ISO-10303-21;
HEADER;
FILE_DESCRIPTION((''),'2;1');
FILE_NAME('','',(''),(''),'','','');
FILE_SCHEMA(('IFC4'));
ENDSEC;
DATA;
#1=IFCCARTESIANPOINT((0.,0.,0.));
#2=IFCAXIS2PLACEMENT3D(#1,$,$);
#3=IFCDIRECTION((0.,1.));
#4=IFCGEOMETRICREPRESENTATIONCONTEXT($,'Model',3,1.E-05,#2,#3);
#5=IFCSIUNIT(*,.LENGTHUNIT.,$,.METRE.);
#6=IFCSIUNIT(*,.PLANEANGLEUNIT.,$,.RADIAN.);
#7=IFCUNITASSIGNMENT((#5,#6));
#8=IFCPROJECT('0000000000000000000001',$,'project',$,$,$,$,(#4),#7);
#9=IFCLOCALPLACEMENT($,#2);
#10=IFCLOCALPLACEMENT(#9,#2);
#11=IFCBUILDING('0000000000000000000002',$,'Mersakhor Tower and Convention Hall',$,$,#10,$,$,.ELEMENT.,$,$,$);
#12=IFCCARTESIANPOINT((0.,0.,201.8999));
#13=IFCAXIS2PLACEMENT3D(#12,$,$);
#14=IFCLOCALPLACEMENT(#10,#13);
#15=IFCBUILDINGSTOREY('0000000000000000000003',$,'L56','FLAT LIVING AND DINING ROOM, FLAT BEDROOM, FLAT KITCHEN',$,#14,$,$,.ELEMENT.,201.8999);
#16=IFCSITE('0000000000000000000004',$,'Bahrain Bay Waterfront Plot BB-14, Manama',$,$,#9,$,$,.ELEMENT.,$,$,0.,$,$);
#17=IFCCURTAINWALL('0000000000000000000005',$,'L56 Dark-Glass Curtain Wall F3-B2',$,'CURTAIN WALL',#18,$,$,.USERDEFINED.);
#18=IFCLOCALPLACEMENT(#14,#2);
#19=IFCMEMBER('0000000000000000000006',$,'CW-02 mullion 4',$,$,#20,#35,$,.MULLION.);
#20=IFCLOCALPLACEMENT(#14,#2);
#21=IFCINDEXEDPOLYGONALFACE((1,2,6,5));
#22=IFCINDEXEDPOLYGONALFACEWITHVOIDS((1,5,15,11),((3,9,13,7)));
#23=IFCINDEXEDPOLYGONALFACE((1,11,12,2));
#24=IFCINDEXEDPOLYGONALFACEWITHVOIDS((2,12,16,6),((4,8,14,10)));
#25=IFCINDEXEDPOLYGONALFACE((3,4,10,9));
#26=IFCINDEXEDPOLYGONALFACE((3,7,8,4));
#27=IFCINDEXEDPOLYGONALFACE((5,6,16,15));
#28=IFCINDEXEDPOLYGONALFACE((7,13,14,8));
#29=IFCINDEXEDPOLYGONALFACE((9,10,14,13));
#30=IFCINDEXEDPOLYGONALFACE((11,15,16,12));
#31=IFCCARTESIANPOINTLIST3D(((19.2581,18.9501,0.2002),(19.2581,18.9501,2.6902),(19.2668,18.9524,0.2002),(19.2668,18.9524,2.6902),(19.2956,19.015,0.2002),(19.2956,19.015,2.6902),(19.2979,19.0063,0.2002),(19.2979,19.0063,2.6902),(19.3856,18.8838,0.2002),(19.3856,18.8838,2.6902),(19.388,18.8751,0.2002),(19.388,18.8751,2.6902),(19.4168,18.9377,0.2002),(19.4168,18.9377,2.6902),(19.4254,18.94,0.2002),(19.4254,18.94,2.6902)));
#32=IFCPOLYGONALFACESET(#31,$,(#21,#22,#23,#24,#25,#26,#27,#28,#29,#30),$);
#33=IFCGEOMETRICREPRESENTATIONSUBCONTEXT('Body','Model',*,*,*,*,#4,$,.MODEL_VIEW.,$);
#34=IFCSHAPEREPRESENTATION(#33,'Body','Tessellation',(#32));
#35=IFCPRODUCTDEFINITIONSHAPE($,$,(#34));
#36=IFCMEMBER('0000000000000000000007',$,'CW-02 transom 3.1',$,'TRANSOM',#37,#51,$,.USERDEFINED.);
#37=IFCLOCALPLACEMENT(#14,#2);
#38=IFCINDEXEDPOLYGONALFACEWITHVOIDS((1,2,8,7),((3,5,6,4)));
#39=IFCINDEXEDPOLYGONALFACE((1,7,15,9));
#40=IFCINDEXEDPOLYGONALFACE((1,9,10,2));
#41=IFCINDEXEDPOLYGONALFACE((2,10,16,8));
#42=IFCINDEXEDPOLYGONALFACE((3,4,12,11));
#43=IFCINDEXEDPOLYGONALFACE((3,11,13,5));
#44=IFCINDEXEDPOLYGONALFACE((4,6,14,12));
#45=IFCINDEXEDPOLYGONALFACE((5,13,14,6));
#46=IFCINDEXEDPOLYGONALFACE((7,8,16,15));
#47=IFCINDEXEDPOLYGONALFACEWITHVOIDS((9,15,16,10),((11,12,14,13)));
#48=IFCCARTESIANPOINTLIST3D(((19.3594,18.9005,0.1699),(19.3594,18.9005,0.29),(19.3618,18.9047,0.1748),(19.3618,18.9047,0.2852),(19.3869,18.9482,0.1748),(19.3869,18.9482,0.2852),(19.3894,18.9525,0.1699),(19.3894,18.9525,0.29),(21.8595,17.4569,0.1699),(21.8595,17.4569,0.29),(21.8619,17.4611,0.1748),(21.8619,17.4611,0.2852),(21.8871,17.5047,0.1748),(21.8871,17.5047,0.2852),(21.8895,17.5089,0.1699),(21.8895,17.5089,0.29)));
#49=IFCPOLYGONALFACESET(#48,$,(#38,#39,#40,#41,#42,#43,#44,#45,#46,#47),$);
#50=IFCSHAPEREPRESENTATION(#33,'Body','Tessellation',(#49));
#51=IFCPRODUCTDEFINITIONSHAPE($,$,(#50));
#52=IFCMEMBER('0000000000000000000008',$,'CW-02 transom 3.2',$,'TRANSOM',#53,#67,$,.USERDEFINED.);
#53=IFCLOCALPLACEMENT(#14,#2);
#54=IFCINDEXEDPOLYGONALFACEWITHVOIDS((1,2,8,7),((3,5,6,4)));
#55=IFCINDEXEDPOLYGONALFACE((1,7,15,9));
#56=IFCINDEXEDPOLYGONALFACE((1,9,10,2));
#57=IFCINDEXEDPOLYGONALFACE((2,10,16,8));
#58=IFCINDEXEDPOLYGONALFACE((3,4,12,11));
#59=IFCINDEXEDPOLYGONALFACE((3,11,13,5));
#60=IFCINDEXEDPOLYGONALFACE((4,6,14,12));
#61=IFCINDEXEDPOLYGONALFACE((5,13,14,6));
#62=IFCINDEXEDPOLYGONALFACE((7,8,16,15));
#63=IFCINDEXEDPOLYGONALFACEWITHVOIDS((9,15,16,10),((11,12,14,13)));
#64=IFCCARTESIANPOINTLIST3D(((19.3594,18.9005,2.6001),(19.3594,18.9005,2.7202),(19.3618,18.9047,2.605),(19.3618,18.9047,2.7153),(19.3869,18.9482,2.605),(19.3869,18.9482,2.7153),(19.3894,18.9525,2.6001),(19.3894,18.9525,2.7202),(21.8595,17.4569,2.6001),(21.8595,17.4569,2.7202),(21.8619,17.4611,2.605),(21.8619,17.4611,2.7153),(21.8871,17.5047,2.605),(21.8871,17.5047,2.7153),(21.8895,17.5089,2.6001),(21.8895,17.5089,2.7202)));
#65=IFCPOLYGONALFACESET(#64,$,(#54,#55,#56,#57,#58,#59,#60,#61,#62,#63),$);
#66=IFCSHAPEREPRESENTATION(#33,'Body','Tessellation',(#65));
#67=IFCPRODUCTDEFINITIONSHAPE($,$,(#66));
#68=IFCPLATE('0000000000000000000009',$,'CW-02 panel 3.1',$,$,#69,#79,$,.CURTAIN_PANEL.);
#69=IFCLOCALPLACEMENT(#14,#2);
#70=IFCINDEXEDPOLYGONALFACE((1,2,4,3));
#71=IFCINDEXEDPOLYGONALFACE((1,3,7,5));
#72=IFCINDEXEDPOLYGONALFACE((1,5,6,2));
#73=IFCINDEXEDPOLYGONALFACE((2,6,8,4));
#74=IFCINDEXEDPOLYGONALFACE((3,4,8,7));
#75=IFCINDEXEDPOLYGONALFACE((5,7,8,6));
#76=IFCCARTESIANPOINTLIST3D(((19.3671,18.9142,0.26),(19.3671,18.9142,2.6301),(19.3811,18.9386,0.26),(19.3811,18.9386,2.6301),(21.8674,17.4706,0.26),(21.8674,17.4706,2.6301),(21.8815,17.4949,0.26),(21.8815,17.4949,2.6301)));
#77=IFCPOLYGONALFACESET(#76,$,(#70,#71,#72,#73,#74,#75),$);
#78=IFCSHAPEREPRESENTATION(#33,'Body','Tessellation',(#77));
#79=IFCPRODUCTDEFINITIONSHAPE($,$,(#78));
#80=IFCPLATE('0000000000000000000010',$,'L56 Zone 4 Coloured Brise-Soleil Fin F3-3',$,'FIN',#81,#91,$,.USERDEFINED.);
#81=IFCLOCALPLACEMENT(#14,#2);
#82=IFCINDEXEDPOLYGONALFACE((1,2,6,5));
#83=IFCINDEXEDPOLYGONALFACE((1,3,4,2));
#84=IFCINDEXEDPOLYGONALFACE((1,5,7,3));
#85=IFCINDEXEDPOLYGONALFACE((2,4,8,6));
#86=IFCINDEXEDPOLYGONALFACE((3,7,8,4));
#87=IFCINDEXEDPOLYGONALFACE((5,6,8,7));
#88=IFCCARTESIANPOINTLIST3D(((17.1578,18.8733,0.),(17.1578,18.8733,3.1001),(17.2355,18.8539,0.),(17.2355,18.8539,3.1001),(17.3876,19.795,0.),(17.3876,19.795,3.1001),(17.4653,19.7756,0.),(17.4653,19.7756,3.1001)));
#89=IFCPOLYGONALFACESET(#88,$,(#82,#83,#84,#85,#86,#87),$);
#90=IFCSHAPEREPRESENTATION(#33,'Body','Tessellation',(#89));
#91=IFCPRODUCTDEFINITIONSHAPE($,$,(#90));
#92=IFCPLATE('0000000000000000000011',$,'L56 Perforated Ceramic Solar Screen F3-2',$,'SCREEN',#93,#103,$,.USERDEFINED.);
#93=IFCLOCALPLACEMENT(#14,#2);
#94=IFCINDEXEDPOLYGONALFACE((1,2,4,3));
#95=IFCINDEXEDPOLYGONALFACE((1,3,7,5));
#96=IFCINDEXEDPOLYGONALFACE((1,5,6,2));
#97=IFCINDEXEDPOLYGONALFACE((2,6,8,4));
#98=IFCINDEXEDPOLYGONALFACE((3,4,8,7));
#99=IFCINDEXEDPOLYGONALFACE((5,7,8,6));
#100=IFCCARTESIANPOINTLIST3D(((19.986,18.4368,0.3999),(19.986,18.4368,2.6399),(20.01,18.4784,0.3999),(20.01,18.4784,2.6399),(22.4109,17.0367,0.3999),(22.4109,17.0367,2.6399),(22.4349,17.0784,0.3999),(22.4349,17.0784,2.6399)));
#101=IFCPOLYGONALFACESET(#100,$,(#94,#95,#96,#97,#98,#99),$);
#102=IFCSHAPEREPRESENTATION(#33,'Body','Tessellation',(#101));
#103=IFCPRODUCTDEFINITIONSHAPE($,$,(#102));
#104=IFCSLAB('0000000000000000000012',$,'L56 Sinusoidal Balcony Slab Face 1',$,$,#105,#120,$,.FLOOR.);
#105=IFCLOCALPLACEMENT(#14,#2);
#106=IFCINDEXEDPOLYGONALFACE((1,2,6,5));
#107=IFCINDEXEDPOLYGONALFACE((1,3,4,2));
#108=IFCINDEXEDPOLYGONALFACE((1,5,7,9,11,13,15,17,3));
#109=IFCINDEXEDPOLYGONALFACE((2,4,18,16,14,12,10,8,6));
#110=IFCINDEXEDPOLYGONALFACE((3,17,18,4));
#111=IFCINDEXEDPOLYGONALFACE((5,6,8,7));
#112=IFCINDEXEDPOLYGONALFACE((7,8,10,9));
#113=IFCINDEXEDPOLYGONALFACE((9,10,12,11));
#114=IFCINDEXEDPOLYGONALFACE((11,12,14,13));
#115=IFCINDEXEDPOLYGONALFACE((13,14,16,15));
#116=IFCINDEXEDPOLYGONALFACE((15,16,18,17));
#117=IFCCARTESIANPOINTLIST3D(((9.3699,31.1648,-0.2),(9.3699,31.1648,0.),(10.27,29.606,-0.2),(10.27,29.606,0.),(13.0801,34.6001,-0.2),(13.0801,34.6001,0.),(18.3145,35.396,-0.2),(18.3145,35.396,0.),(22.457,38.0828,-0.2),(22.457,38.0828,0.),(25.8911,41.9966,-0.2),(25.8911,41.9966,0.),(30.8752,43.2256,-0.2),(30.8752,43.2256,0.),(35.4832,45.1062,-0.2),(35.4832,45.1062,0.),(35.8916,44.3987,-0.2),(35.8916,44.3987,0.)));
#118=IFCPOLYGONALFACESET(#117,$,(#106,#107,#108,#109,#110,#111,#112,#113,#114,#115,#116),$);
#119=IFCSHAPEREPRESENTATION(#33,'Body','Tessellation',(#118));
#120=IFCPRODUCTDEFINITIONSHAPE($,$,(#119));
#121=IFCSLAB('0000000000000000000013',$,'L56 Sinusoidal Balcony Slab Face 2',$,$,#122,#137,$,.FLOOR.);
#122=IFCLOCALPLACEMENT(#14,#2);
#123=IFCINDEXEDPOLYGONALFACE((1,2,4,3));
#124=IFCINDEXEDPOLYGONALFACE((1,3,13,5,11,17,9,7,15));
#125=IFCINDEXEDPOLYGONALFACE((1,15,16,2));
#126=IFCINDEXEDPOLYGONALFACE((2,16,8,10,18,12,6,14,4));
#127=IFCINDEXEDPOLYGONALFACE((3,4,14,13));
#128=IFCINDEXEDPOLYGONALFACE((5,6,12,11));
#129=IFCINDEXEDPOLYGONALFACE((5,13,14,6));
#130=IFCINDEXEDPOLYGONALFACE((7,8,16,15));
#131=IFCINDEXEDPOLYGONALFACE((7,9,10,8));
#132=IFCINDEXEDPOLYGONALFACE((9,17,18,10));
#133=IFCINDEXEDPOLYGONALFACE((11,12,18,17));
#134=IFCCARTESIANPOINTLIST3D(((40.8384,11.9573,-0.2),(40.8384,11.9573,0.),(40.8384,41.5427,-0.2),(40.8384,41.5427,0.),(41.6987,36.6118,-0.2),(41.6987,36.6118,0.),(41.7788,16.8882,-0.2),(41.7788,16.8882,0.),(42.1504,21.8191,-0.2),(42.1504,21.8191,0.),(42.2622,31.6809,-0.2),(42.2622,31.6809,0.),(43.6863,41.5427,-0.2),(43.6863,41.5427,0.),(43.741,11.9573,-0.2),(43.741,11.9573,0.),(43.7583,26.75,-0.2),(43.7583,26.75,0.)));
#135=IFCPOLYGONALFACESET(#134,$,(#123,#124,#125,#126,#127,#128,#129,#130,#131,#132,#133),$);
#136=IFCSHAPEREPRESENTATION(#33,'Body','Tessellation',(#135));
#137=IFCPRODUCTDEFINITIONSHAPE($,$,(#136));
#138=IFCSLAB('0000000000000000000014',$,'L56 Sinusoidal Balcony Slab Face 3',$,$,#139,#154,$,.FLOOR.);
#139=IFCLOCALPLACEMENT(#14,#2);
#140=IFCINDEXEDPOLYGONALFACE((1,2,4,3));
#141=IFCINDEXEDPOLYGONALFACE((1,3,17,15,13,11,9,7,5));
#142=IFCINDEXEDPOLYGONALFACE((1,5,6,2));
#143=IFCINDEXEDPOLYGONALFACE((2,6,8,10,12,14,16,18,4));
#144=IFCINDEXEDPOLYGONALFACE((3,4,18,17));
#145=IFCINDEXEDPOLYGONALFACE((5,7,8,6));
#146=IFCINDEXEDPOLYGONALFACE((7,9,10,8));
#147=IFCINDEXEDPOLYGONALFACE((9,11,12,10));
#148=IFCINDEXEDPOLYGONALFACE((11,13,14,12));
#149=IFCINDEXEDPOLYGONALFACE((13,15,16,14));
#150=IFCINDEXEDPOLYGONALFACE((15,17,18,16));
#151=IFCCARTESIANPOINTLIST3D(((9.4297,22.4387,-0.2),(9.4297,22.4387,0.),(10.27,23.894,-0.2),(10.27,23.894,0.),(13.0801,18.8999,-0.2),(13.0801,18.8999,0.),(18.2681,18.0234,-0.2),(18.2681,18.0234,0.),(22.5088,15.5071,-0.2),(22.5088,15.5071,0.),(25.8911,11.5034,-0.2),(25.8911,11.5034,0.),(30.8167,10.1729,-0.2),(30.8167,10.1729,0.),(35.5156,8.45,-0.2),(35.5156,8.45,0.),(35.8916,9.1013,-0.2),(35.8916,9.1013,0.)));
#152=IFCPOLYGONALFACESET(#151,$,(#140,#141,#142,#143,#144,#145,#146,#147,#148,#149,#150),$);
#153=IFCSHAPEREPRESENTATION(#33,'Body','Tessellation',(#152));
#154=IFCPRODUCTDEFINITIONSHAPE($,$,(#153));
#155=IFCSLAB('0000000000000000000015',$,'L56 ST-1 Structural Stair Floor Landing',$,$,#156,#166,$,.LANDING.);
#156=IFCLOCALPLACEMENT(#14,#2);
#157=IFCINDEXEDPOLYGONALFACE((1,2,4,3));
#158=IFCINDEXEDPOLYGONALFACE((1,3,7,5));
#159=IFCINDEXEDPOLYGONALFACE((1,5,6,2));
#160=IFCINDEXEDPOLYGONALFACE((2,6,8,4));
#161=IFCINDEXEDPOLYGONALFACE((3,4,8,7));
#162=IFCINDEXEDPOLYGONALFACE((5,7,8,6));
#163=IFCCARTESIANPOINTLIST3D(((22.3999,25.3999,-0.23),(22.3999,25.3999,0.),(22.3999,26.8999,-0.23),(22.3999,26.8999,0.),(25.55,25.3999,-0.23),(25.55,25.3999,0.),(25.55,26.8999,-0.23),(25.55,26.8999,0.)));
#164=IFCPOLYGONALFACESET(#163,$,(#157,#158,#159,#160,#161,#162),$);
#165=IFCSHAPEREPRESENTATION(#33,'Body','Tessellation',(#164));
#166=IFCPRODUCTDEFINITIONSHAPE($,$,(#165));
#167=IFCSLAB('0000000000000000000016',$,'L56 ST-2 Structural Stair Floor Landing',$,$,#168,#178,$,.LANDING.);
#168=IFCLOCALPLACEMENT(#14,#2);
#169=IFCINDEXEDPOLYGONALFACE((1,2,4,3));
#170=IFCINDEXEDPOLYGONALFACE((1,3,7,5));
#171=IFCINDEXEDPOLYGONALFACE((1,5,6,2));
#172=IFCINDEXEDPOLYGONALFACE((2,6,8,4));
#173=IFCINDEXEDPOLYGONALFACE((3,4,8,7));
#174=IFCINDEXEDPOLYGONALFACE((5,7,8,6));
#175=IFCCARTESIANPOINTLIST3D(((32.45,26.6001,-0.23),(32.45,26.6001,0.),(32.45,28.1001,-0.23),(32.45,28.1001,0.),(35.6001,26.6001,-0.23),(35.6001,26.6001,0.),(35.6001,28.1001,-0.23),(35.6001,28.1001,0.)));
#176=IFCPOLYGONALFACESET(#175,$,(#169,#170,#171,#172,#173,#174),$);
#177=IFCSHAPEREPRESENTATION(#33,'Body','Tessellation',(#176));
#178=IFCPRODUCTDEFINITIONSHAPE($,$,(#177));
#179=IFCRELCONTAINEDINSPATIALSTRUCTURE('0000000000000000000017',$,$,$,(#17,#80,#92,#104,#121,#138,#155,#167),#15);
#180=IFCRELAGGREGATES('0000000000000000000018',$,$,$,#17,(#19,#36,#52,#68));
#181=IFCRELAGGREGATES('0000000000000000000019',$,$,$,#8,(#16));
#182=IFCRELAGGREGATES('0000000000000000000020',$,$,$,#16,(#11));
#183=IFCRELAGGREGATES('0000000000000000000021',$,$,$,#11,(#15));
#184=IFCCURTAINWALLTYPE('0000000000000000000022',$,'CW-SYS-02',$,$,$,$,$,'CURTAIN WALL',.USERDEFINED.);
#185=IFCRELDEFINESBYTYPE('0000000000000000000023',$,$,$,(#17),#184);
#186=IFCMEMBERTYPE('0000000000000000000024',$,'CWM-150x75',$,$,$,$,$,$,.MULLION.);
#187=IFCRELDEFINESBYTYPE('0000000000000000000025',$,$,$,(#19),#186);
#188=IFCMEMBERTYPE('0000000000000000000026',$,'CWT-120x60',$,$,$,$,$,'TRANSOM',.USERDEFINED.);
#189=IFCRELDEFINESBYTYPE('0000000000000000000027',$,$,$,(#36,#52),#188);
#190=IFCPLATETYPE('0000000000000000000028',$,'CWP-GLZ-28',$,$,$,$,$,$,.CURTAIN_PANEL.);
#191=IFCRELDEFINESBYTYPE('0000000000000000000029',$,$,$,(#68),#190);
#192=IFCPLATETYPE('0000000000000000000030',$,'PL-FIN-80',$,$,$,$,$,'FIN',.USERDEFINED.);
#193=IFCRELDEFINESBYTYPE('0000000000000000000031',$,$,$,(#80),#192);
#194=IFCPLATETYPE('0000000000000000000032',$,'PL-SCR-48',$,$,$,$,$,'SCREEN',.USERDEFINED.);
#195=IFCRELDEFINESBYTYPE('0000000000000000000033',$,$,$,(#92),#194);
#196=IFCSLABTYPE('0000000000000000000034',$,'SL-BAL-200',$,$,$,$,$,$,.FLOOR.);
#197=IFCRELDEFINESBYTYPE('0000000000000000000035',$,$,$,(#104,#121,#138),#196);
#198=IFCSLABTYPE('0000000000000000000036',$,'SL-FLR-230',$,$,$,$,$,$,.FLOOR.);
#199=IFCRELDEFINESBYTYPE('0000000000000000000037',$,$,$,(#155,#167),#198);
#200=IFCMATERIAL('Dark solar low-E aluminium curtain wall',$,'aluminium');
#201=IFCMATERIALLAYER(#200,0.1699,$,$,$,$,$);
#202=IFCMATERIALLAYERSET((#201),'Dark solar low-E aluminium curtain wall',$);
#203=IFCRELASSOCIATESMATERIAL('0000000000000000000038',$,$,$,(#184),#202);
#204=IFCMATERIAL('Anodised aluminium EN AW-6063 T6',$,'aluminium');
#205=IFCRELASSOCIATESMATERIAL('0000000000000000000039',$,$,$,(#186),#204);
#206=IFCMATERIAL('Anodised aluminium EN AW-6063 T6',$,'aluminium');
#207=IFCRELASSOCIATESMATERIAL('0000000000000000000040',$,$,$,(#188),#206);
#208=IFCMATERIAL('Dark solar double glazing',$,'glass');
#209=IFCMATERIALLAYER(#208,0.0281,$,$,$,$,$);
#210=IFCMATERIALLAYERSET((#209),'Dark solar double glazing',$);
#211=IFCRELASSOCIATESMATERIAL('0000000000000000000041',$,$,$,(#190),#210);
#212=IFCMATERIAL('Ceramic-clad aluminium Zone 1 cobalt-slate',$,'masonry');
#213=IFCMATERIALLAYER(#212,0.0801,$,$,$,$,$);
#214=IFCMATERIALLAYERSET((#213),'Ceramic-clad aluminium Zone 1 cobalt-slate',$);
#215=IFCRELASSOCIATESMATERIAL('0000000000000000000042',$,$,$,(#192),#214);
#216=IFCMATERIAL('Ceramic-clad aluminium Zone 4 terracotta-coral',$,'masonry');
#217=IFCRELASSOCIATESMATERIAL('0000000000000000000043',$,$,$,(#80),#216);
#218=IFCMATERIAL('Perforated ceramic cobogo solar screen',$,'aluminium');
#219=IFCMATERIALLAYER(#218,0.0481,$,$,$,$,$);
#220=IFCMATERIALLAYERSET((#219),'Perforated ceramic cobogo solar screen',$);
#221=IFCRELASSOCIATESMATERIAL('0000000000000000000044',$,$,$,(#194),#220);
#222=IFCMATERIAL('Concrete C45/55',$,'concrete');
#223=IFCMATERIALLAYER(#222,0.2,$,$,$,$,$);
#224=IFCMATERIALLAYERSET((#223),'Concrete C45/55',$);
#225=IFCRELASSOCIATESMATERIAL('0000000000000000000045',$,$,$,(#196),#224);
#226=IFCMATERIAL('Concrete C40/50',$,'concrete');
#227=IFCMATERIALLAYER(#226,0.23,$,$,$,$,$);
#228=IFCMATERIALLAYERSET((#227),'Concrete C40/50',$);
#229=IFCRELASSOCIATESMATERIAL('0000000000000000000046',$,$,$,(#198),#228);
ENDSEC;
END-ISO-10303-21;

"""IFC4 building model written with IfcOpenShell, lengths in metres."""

from ifc_helpers import new_model, si_unit, direction, frame, origin, origin_2d, place, context, subcontext, project, spatial, polyline, rectangle, hollow_rectangle, outline, extrude, material, layer, layer_set, material_profile, profile_set, type_object, element, aggregate, save


model = new_model("IFC4")

# Units and contexts
model_context = context("Model", 3, precision=1e-05, world=origin(), true_north=direction((0.0, 1.0)))
body_context = subcontext(model_context, "Body", "Model", "MODEL_VIEW")
ifc_project = project(units=[si_unit("LENGTHUNIT", "METRE"), si_unit("PLANEANGLEUNIT", "RADIAN")], contexts=[model_context])

# Site, building, storey
site_placement = place(None, origin())
site = spatial("IfcSite", under=ifc_project, at=site_placement, Name="Bahrain Bay Waterfront Plot BB-14, Manama", CompositionType="ELEMENT", RefElevation=0.0)
building_placement = place(site_placement, origin())
building = spatial("IfcBuilding", under=site, at=building_placement, Name="Mersakhor Tower and Convention Hall", CompositionType="ELEMENT")
storey_placement = place(building_placement, frame((0.0, 0.0, 201.8999)))
storey = spatial("IfcBuildingStorey", under=building, at=storey_placement, Name="L56", Description="FLAT LIVING AND DINING ROOM, FLAT BEDROOM, FLAT KITCHEN", CompositionType="ELEMENT", Elevation=201.8999)

# Curtain wall, members, plate
ifc_material_1 = material(Name="Dark solar low-E aluminium curtain wall", Category="aluminium")
ifc_layer_1 = layer(ifc_material_1, 0.1699)
ifc_layer_set_1 = layer_set([ifc_layer_1], Name="Dark solar low-E aluminium curtain wall")
curtain_wall_type = type_object("IfcCurtainWallType", Name="CW-SYS-02", ElementType="CURTAIN WALL", PredefinedType="USERDEFINED", material=ifc_layer_set_1)
curtain_wall_placement = place(storey_placement, origin())
curtain_wall = element("IfcCurtainWall", 1, at=curtain_wall_placement, inside=storey, type_object=curtain_wall_type, Name="L56 Dark-Glass Curtain Wall F3-B2", ObjectType="CURTAIN WALL", PredefinedType="USERDEFINED")
ifc_material_2 = material(Name="Anodised aluminium EN AW-6063 T6", Category="aluminium")
ifc_material_profile_1 = material_profile(ifc_material_2, hollow_rectangle(XDim=0.075, YDim=0.1499, WallThickness=0.0063, at=origin_2d()), Name="RHS 150x75x6.3")
ifc_profile_set_1 = profile_set([ifc_material_profile_1], Name="Anodised aluminium EN AW-6063 T6")
member_type_1 = type_object("IfcMemberType", Name="CWM-150x75", PredefinedType="MULLION", material=ifc_profile_set_1)
member_1_placement = place(storey_placement, frame((19.3418, 18.9451, 0.2002), z_axis=(0.0, 0.0, 1.0), x_axis=(-0.500008, -0.866021, 0.0)))
member_1 = element("IfcMember", 2, at=member_1_placement, type_object=member_type_1, Name="CW-02 mullion 4", PredefinedType="MULLION", context=body_context, shape_type="SweptSolid", body=[
    extrude(hollow_rectangle(XDim=0.075, YDim=0.1499, WallThickness=0.0063, at=origin_2d()), origin(), (0.0, 0.0, 1.0), 2.49),
])
ifc_material_3 = material(Name="Anodised aluminium EN AW-6063 T6", Category="aluminium")
ifc_material_profile_2 = material_profile(ifc_material_3, hollow_rectangle(XDim=0.0601, YDim=0.1201, WallThickness=0.0049, at=origin_2d()), Name="RHS 120x60x5")
ifc_profile_set_2 = profile_set([ifc_material_profile_2], Name="Anodised aluminium EN AW-6063 T6")
member_type_2 = type_object("IfcMemberType", Name="CWT-120x60", ElementType="TRANSOM", PredefinedType="USERDEFINED", material=ifc_profile_set_2)
member_2_placement = place(storey_placement, frame((21.8745, 17.4829, 0.23), z_axis=(-0.866012, 0.500023, 0.0), x_axis=(-0.500023, -0.866012, 0.0)))
member_2 = element("IfcMember", 3, at=member_2_placement, type_object=member_type_2, Name="CW-02 transom 3.1", ObjectType="TRANSOM", PredefinedType="USERDEFINED", context=body_context, shape_type="SweptSolid", body=[
    extrude(hollow_rectangle(XDim=0.0601, YDim=0.1201, WallThickness=0.0049, at=origin_2d()), origin(), (0.0, 0.0, 1.0), 2.887),
])
member_3_placement = place(storey_placement, frame((21.8745, 17.4829, 2.6602), z_axis=(-0.866012, 0.500023, 0.0), x_axis=(-0.500023, -0.866012, 0.0)))
member_3 = element("IfcMember", 4, at=member_3_placement, type_object=member_type_2, Name="CW-02 transom 3.2", ObjectType="TRANSOM", PredefinedType="USERDEFINED", context=body_context, shape_type="SweptSolid", body=[
    extrude(hollow_rectangle(XDim=0.0601, YDim=0.1201, WallThickness=0.0049, at=origin_2d()), origin(), (0.0, 0.0, 1.0), 2.887),
])
ifc_material_4 = material(Name="Dark solar double glazing", Category="glass")
ifc_layer_2 = layer(ifc_material_4, 0.0281)
ifc_layer_set_2 = layer_set([ifc_layer_2], Name="Dark solar double glazing")
plate_type_1 = type_object("IfcPlateType", Name="CWP-GLZ-28", PredefinedType="CURTAIN_PANEL", material=ifc_layer_set_2)
plate_1_placement = place(storey_placement, frame((20.6243, 18.2046, 0.26), z_axis=(0.0, 0.0, 1.0), x_axis=(-0.866021, 0.500008, 0.0)))
plate_1 = element("IfcPlate", 5, at=plate_1_placement, type_object=plate_type_1, Name="CW-02 panel 3.1", PredefinedType="CURTAIN_PANEL", context=body_context, shape_type="SweptSolid", body=[
    extrude(rectangle(XDim=2.8872, YDim=0.0281, at=origin_2d()), origin(), (0.0, 0.0, 1.0), 2.3701),
])
aggregate(curtain_wall, [member_1, member_2, member_3, plate_1])

# Plates
ifc_material_5 = material(Name="Ceramic-clad aluminium Zone 4 terracotta-coral", Category="masonry")
ifc_material_6 = material(Name="Ceramic-clad aluminium Zone 1 cobalt-slate", Category="masonry")
ifc_layer_3 = layer(ifc_material_6, 0.0801)
ifc_layer_set_3 = layer_set([ifc_layer_3], Name="Ceramic-clad aluminium Zone 1 cobalt-slate")
plate_type_2 = type_object("IfcPlateType", Name="PL-FIN-80", ElementType="FIN", PredefinedType="USERDEFINED", material=ifc_layer_set_3)
plate_2_placement = place(storey_placement, frame((17.3115, 19.3245, 0.0), z_axis=(0.0, 0.0, 1.0), x_axis=(-0.241922, -0.970296, 0.0)))
element("IfcPlate", 6, at=plate_2_placement, inside=storey, type_object=plate_type_2, material=ifc_material_5, Name="L56 Zone 4 Coloured Brise-Soleil Fin F3-3", ObjectType="FIN", PredefinedType="USERDEFINED", context=body_context, shape_type="SweptSolid", body=[
    extrude(rectangle(XDim=0.95, YDim=0.0801, at=origin_2d()), origin(), (0.0, 0.0, 1.0), 3.1001),
])
ifc_material_7 = material(Name="Perforated ceramic cobogo solar screen", Category="aluminium")
ifc_layer_4 = layer(ifc_material_7, 0.0481)
ifc_layer_set_4 = layer_set([ifc_layer_4], Name="Perforated ceramic cobogo solar screen")
plate_type_3 = type_object("IfcPlateType", Name="PL-SCR-48", ElementType="SCREEN", PredefinedType="USERDEFINED", material=ifc_layer_set_4)
plate_3_placement = place(storey_placement, frame((21.2104, 17.7576, 0.3999), z_axis=(0.0, 0.0, 1.0), x_axis=(-0.866025, 0.5, 0.0)))
element("IfcPlate", 7, at=plate_3_placement, inside=storey, type_object=plate_type_3, Name="L56 Perforated Ceramic Solar Screen F3-2", ObjectType="SCREEN", PredefinedType="USERDEFINED", context=body_context, shape_type="SweptSolid", body=[
    extrude(rectangle(XDim=2.8, YDim=0.0481, at=origin_2d()), origin(), (0.0, 0.0, 1.0), 2.24),
])

# Slabs
ifc_material_8 = material(Name="Concrete C45/55", Category="concrete")
ifc_layer_5 = layer(ifc_material_8, 0.2)
ifc_layer_set_5 = layer_set([ifc_layer_5], Name="Concrete C45/55")
slab_type_1 = type_object("IfcSlabType", Name="SL-BAL-200", PredefinedType="FLOOR", material=ifc_layer_set_5)
slab_1_placement = place(storey_placement, frame((0.0, 0.0, -0.2)))
element("IfcSlab", 8, at=slab_1_placement, inside=storey, type_object=slab_type_1, Name="L56 Sinusoidal Balcony Slab Face 1", PredefinedType="FLOOR", context=body_context, shape_type="SweptSolid", body=[
    extrude(outline(polyline([(10.27, 29.606), (35.8916, 44.3987), (35.4832, 45.1062), (30.8752, 43.2256), (25.8911, 41.9966), (22.457, 38.0828), (18.3145, 35.396), (13.0801, 34.6001), (9.3699, 31.1648), (10.27, 29.606)])), origin(), (0.0, 0.0, 1.0), 0.2),
])
slab_2_placement = place(storey_placement, frame((0.0, 0.0, -0.2)))
element("IfcSlab", 9, at=slab_2_placement, inside=storey, type_object=slab_type_1, Name="L56 Sinusoidal Balcony Slab Face 2", PredefinedType="FLOOR", context=body_context, shape_type="SweptSolid", body=[
    extrude(outline(polyline([(40.8384, 41.5427), (40.8384, 11.9573), (43.741, 11.9573), (41.7788, 16.8882), (42.1504, 21.8191), (43.7583, 26.75), (42.2622, 31.6809), (41.6987, 36.6118), (43.6863, 41.5427), (40.8384, 41.5427)])), origin(), (0.0, 0.0, 1.0), 0.2),
])
slab_3_placement = place(storey_placement, frame((0.0, 0.0, -0.2)))
element("IfcSlab", 10, at=slab_3_placement, inside=storey, type_object=slab_type_1, Name="L56 Sinusoidal Balcony Slab Face 3", PredefinedType="FLOOR", context=body_context, shape_type="SweptSolid", body=[
    extrude(outline(polyline([(35.8916, 9.1013), (10.27, 23.894), (9.4297, 22.4387), (13.0801, 18.8999), (18.2681, 18.0234), (22.5088, 15.5071), (25.8911, 11.5034), (30.8167, 10.1729), (35.5156, 8.45), (35.8916, 9.1013)])), origin(), (0.0, 0.0, 1.0), 0.2),
])
ifc_material_9 = material(Name="Concrete C40/50", Category="concrete")
ifc_layer_6 = layer(ifc_material_9, 0.23)
ifc_layer_set_6 = layer_set([ifc_layer_6], Name="Concrete C40/50")
slab_type_2 = type_object("IfcSlabType", Name="SL-FLR-230", PredefinedType="FLOOR", material=ifc_layer_set_6)
slab_4_placement = place(storey_placement, frame((0.0, 0.0, -0.23)))
element("IfcSlab", 11, at=slab_4_placement, inside=storey, type_object=slab_type_2, Name="L56 ST-1 Structural Stair Floor Landing", PredefinedType="LANDING", context=body_context, shape_type="SweptSolid", body=[
    extrude(outline(polyline([(25.55, 25.3999), (25.55, 26.8999), (22.3999, 26.8999), (22.3999, 25.3999), (25.55, 25.3999)])), origin(), (0.0, 0.0, 1.0), 0.23),
])
slab_5_placement = place(storey_placement, frame((0.0, 0.0, -0.23)))
element("IfcSlab", 12, at=slab_5_placement, inside=storey, type_object=slab_type_2, Name="L56 ST-2 Structural Stair Floor Landing", PredefinedType="LANDING", context=body_context, shape_type="SweptSolid", body=[
    extrude(outline(polyline([(32.45, 28.1001), (32.45, 26.6001), (35.6001, 26.6001), (35.6001, 28.1001), (32.45, 28.1001)])), origin(), (0.0, 0.0, 1.0), 0.23),
])

save(model, "model.ifc")
